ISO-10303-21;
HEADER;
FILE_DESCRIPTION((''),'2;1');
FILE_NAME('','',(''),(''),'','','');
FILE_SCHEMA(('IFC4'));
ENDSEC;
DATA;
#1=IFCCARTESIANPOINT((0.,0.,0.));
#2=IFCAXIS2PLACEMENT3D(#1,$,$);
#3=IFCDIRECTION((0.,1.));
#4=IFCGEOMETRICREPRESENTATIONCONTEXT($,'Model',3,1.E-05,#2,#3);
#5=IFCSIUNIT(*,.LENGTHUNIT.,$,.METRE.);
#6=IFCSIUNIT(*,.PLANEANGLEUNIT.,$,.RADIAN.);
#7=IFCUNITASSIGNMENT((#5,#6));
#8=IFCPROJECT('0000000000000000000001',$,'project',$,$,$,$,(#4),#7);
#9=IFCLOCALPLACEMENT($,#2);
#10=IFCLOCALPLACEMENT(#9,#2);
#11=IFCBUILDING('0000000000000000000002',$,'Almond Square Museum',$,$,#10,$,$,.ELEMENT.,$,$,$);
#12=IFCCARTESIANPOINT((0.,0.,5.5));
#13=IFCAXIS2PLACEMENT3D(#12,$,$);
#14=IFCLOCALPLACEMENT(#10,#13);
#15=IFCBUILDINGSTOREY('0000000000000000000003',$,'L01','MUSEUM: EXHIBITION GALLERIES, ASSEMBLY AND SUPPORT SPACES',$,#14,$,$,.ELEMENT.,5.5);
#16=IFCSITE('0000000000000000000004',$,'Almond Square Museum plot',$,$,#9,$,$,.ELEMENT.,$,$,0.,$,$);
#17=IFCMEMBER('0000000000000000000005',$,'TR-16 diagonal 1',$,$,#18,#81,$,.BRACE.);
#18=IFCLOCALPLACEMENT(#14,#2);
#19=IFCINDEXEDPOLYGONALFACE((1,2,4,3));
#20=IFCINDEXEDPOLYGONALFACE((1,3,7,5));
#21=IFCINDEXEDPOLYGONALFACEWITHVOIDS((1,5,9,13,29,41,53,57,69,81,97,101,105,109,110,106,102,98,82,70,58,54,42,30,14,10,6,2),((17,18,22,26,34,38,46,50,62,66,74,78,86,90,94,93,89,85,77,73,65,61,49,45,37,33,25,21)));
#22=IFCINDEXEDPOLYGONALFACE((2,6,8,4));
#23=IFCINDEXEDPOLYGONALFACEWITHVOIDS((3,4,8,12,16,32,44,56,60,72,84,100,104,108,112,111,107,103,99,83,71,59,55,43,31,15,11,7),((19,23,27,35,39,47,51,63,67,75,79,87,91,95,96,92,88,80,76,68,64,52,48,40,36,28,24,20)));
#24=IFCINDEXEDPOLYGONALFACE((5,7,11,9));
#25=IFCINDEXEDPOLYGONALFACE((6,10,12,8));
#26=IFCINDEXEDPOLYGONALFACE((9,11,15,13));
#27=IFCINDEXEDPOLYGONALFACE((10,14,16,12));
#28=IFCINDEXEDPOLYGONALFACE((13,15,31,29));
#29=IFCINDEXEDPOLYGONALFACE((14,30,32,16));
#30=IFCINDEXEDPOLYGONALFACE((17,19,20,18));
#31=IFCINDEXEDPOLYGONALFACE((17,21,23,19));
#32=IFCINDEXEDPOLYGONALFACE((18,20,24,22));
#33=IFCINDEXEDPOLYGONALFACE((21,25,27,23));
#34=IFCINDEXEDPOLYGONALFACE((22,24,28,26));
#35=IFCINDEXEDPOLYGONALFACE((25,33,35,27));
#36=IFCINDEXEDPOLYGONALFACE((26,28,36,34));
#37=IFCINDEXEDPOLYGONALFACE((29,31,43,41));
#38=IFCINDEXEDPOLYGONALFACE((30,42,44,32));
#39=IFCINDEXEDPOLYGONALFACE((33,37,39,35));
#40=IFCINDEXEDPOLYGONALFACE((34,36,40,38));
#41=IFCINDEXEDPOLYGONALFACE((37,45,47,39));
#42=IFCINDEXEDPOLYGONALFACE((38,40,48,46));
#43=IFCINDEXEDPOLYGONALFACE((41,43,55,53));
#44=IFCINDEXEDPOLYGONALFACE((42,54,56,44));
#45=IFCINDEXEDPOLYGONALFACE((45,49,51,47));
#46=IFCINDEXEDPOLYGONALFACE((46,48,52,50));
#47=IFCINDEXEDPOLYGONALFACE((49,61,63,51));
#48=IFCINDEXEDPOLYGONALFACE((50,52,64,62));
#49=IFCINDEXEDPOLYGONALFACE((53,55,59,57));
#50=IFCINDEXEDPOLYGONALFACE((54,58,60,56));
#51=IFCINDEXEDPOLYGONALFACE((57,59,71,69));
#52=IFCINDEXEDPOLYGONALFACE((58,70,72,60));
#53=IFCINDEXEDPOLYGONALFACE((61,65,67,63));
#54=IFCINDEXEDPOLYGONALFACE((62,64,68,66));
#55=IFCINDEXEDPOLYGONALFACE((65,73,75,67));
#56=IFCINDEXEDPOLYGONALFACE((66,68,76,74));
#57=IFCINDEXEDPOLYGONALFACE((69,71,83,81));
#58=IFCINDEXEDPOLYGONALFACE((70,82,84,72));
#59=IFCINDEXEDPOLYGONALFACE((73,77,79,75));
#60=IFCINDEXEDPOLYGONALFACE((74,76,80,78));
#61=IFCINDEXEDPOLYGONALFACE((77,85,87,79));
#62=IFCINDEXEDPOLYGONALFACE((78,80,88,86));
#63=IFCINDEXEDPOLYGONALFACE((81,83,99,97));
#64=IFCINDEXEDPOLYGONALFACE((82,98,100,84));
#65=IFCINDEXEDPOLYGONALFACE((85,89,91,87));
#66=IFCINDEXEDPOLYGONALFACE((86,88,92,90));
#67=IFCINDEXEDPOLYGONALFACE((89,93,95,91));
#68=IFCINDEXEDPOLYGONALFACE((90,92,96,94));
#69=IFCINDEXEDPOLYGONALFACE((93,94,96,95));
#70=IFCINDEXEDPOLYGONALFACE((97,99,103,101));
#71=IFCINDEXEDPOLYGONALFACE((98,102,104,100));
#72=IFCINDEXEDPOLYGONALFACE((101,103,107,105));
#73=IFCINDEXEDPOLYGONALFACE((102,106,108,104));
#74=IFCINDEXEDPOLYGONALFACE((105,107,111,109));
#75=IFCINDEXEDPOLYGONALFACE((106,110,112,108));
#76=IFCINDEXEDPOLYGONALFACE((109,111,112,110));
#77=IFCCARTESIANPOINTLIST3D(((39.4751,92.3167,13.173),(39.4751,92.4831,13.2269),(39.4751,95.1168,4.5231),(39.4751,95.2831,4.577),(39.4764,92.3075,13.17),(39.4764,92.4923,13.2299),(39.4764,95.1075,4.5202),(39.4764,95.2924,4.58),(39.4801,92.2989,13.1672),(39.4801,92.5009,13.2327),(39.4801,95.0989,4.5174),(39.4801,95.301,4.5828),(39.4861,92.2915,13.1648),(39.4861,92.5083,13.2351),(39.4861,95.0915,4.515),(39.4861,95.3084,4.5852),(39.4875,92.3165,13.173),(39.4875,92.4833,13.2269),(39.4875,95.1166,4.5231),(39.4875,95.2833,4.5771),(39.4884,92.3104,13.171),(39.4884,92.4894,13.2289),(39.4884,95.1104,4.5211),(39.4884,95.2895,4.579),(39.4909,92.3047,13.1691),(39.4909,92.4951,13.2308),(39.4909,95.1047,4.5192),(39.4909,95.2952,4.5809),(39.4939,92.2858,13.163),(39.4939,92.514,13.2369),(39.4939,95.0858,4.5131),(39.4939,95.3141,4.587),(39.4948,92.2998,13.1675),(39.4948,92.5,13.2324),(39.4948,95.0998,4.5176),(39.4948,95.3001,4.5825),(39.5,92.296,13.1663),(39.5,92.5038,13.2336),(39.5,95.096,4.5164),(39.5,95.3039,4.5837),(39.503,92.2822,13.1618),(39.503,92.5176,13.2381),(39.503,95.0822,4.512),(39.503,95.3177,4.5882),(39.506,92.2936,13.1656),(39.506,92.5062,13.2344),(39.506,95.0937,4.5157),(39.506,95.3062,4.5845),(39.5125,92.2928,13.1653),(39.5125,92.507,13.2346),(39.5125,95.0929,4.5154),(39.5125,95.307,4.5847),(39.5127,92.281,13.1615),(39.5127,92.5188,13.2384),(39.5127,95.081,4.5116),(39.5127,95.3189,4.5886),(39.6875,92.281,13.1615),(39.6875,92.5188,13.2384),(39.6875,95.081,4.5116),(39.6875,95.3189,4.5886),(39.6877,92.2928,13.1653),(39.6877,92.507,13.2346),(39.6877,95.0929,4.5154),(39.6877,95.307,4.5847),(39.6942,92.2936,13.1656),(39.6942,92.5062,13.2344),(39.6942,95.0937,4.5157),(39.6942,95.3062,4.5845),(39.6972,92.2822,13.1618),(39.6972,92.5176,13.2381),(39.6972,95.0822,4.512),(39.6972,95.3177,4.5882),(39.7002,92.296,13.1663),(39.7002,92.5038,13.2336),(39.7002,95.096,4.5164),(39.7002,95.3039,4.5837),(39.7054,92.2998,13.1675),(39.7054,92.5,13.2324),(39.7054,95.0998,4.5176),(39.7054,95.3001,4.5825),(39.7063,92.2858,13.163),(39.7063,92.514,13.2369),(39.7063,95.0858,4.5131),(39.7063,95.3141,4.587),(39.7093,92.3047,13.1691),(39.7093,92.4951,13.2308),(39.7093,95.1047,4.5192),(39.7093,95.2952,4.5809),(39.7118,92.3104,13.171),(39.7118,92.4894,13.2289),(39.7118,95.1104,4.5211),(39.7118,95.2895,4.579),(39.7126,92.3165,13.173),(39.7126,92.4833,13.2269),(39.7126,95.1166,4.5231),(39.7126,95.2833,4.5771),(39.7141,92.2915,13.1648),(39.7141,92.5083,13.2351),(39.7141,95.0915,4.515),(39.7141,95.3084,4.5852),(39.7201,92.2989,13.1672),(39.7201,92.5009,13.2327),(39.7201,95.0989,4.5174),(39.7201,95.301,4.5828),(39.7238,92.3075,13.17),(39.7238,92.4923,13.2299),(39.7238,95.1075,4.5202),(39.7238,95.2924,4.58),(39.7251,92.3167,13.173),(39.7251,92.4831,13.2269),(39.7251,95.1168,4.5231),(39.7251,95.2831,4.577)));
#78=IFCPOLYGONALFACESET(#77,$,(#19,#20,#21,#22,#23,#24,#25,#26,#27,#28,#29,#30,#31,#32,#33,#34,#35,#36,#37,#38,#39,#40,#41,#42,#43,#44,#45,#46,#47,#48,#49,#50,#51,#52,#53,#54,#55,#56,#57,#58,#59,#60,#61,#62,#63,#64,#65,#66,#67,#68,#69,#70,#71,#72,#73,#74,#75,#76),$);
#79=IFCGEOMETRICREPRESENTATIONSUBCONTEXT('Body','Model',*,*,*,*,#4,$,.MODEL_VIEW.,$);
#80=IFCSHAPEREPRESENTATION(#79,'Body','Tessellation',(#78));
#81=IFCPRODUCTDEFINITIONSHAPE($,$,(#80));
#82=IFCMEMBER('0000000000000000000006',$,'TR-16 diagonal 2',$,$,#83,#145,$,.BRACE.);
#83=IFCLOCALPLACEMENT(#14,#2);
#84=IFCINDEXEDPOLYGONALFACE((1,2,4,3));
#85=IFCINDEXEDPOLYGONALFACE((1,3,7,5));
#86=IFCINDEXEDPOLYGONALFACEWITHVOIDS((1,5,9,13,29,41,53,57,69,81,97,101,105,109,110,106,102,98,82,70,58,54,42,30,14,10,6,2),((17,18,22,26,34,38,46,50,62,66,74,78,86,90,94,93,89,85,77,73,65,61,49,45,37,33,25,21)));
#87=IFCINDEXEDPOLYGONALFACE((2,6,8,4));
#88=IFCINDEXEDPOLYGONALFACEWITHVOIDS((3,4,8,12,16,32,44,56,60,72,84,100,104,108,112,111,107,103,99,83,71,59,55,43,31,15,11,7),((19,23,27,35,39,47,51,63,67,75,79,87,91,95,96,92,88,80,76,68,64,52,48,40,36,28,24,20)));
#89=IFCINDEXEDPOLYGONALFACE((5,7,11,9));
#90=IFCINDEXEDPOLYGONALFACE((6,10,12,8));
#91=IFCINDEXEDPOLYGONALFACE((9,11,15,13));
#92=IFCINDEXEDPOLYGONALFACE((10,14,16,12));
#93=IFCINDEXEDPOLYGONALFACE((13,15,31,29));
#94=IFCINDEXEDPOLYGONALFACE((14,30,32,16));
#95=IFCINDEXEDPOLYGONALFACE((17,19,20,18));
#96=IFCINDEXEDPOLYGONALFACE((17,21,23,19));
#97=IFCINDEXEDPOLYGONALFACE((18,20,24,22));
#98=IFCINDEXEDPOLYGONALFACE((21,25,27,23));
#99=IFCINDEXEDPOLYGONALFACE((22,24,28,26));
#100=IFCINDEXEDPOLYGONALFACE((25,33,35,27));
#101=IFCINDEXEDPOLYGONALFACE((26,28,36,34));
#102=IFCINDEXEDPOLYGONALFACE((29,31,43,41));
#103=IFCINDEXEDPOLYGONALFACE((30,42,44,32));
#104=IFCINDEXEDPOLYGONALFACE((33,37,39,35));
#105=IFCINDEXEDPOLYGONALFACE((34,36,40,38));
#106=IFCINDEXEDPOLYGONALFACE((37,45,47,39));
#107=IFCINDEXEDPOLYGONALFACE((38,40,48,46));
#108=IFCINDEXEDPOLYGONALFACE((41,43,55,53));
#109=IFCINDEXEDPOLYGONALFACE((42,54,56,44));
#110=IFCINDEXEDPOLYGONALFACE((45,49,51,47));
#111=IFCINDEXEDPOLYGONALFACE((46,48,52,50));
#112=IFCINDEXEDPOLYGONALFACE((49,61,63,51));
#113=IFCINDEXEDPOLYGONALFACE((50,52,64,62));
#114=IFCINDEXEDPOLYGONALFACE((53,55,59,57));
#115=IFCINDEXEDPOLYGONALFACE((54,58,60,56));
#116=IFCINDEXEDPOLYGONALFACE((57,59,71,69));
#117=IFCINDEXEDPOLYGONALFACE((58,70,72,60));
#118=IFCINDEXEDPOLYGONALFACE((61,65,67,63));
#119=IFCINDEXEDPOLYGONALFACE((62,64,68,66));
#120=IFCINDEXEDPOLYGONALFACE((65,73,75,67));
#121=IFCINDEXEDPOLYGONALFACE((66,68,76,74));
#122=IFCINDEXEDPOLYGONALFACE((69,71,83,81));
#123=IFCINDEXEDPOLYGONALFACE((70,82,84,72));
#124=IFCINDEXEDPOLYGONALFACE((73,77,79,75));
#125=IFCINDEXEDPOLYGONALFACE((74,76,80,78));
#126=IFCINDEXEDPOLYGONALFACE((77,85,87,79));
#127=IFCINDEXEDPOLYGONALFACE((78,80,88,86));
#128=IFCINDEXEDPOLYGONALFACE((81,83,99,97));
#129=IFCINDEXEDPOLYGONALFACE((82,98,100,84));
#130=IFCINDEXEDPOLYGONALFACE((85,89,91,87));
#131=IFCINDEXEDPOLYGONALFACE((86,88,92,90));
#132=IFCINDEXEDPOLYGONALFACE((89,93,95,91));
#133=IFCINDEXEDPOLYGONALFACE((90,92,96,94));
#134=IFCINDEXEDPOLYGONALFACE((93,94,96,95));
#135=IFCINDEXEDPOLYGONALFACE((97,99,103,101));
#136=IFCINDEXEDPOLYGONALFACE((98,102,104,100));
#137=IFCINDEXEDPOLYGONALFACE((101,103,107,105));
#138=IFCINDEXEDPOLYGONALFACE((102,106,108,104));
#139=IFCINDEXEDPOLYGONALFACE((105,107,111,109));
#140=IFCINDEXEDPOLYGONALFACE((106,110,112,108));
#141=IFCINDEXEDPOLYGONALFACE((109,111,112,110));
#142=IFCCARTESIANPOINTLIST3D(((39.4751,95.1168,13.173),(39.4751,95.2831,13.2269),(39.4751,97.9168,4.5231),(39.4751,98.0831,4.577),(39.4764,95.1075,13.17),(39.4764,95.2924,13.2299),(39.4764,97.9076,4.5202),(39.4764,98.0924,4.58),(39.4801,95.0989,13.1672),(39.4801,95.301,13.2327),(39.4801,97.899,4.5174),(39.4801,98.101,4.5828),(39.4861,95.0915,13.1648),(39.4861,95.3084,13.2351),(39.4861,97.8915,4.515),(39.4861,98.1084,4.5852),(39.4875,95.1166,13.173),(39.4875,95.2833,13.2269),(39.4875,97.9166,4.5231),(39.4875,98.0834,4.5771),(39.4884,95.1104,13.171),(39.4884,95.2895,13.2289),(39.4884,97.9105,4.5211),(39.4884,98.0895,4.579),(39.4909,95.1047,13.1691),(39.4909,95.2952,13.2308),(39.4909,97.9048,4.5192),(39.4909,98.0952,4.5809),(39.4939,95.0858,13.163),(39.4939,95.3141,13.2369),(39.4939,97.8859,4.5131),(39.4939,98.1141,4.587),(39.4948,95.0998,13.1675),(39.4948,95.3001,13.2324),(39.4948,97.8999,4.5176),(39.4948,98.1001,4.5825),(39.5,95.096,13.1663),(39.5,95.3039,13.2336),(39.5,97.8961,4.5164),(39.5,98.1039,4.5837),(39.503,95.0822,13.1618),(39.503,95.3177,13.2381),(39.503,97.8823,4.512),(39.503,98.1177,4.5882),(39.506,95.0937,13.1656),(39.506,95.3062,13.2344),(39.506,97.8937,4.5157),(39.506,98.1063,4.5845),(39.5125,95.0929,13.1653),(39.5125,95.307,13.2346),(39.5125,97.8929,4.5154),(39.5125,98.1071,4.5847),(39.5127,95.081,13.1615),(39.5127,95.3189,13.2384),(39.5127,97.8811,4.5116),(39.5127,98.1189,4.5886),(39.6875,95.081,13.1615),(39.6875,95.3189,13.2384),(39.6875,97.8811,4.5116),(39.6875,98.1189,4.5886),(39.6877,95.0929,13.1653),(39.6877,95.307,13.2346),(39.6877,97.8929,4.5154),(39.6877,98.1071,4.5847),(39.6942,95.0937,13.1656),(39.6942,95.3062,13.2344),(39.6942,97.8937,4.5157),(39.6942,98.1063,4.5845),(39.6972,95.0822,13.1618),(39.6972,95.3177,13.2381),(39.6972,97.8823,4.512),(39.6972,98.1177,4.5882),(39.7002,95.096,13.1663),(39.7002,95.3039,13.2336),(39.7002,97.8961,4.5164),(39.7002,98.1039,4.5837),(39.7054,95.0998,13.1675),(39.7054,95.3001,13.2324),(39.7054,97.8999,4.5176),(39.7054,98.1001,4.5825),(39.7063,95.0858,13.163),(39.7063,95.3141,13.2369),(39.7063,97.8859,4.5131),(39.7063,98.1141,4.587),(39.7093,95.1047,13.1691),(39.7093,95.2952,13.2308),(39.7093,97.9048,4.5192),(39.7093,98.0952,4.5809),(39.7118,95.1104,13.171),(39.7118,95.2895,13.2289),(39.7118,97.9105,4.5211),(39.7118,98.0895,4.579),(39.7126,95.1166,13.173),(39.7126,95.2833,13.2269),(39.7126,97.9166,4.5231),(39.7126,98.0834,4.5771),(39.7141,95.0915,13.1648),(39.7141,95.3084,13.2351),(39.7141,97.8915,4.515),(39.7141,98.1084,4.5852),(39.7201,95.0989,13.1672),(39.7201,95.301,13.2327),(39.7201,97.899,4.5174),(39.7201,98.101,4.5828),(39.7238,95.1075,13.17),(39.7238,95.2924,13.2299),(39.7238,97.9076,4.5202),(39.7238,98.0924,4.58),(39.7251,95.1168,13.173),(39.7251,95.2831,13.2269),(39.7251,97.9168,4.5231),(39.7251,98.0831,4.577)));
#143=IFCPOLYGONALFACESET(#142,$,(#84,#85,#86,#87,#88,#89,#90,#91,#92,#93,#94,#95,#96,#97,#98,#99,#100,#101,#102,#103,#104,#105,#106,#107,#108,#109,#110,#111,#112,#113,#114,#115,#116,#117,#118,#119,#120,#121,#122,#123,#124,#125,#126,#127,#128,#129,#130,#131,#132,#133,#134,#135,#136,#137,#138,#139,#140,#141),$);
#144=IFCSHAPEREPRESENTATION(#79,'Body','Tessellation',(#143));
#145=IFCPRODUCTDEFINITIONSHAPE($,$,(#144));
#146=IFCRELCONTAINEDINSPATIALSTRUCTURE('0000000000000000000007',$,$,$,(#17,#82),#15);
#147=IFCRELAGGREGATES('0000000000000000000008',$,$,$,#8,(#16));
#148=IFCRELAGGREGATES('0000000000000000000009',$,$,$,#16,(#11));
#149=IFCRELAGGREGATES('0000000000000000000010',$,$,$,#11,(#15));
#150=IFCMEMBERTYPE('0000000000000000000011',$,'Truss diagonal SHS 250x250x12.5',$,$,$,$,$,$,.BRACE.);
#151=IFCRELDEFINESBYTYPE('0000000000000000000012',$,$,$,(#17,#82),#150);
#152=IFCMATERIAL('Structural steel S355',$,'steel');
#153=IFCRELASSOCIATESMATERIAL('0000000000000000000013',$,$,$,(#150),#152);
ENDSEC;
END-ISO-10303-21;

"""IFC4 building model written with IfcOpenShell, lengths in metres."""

from ifc_helpers import new_model, si_unit, direction, frame, origin, origin_2d, place, context, subcontext, project, spatial, hollow_rectangle, extrude, material, material_profile, profile_set, type_object, element, save


model = new_model("IFC4")

# Units and contexts
model_context = context("Model", 3, precision=1e-05, world=origin(), true_north=direction((0.0, 1.0)))
body_context = subcontext(model_context, "Body", "Model", "MODEL_VIEW")
ifc_project = project(units=[si_unit("LENGTHUNIT", "METRE"), si_unit("PLANEANGLEUNIT", "RADIAN")], contexts=[model_context])

# Site, building, storey
site_placement = place(None, origin())
site = spatial("IfcSite", under=ifc_project, at=site_placement, Name="Almond Square Museum plot", CompositionType="ELEMENT", RefElevation=0.0)
building_placement = place(site_placement, origin())
building = spatial("IfcBuilding", under=site, at=building_placement, Name="Almond Square Museum", CompositionType="ELEMENT")
storey_placement = place(building_placement, frame((0.0, 0.0, 5.5)))
storey = spatial("IfcBuildingStorey", under=building, at=storey_placement, Name="L01", Description="MUSEUM: EXHIBITION GALLERIES, ASSEMBLY AND SUPPORT SPACES", CompositionType="ELEMENT", Elevation=5.5)

# Members
ifc_material_1 = material(Name="Structural steel S355", Category="steel")
ifc_material_profile_1 = material_profile(ifc_material_1, hollow_rectangle(XDim=0.25, YDim=0.25, WallThickness=0.0125, InnerFilletRadius=0.0249, OuterFilletRadius=0.0376, at=origin_2d()))
ifc_profile_set_1 = profile_set([ifc_material_profile_1], Name="Structural steel S355")
member_type_1 = type_object("IfcMemberType", Name="Truss diagonal SHS 250x250x12.5", PredefinedType="BRACE", material=ifc_profile_set_1)
for number, where, z_axis, x_axis, name in (
    (1, (39.6001, 92.3999, 13.2), (0.0, 0.307975, -0.951395), (-1.0, 0.0, 0.0), "TR-16 diagonal 1"),
    (2, (39.6001, 95.2, 13.2), (0.0, 0.307975, -0.951395), (-1.0, 0.0, 0.0), "TR-16 diagonal 2"),
):
    element("IfcMember", number, at=place(storey_placement, frame(where, z_axis=z_axis, x_axis=x_axis)), inside=storey, type_object=member_type_1, Name=name, PredefinedType="BRACE", context=body_context, shape_type="SweptSolid", body=[
        extrude(hollow_rectangle(XDim=0.25, YDim=0.25, WallThickness=0.0125, InnerFilletRadius=0.0249, OuterFilletRadius=0.0376, at=origin_2d()), origin(), (0.0, 0.0, 1.0), 9.0918),
    ])

save(model, "model.ifc")
